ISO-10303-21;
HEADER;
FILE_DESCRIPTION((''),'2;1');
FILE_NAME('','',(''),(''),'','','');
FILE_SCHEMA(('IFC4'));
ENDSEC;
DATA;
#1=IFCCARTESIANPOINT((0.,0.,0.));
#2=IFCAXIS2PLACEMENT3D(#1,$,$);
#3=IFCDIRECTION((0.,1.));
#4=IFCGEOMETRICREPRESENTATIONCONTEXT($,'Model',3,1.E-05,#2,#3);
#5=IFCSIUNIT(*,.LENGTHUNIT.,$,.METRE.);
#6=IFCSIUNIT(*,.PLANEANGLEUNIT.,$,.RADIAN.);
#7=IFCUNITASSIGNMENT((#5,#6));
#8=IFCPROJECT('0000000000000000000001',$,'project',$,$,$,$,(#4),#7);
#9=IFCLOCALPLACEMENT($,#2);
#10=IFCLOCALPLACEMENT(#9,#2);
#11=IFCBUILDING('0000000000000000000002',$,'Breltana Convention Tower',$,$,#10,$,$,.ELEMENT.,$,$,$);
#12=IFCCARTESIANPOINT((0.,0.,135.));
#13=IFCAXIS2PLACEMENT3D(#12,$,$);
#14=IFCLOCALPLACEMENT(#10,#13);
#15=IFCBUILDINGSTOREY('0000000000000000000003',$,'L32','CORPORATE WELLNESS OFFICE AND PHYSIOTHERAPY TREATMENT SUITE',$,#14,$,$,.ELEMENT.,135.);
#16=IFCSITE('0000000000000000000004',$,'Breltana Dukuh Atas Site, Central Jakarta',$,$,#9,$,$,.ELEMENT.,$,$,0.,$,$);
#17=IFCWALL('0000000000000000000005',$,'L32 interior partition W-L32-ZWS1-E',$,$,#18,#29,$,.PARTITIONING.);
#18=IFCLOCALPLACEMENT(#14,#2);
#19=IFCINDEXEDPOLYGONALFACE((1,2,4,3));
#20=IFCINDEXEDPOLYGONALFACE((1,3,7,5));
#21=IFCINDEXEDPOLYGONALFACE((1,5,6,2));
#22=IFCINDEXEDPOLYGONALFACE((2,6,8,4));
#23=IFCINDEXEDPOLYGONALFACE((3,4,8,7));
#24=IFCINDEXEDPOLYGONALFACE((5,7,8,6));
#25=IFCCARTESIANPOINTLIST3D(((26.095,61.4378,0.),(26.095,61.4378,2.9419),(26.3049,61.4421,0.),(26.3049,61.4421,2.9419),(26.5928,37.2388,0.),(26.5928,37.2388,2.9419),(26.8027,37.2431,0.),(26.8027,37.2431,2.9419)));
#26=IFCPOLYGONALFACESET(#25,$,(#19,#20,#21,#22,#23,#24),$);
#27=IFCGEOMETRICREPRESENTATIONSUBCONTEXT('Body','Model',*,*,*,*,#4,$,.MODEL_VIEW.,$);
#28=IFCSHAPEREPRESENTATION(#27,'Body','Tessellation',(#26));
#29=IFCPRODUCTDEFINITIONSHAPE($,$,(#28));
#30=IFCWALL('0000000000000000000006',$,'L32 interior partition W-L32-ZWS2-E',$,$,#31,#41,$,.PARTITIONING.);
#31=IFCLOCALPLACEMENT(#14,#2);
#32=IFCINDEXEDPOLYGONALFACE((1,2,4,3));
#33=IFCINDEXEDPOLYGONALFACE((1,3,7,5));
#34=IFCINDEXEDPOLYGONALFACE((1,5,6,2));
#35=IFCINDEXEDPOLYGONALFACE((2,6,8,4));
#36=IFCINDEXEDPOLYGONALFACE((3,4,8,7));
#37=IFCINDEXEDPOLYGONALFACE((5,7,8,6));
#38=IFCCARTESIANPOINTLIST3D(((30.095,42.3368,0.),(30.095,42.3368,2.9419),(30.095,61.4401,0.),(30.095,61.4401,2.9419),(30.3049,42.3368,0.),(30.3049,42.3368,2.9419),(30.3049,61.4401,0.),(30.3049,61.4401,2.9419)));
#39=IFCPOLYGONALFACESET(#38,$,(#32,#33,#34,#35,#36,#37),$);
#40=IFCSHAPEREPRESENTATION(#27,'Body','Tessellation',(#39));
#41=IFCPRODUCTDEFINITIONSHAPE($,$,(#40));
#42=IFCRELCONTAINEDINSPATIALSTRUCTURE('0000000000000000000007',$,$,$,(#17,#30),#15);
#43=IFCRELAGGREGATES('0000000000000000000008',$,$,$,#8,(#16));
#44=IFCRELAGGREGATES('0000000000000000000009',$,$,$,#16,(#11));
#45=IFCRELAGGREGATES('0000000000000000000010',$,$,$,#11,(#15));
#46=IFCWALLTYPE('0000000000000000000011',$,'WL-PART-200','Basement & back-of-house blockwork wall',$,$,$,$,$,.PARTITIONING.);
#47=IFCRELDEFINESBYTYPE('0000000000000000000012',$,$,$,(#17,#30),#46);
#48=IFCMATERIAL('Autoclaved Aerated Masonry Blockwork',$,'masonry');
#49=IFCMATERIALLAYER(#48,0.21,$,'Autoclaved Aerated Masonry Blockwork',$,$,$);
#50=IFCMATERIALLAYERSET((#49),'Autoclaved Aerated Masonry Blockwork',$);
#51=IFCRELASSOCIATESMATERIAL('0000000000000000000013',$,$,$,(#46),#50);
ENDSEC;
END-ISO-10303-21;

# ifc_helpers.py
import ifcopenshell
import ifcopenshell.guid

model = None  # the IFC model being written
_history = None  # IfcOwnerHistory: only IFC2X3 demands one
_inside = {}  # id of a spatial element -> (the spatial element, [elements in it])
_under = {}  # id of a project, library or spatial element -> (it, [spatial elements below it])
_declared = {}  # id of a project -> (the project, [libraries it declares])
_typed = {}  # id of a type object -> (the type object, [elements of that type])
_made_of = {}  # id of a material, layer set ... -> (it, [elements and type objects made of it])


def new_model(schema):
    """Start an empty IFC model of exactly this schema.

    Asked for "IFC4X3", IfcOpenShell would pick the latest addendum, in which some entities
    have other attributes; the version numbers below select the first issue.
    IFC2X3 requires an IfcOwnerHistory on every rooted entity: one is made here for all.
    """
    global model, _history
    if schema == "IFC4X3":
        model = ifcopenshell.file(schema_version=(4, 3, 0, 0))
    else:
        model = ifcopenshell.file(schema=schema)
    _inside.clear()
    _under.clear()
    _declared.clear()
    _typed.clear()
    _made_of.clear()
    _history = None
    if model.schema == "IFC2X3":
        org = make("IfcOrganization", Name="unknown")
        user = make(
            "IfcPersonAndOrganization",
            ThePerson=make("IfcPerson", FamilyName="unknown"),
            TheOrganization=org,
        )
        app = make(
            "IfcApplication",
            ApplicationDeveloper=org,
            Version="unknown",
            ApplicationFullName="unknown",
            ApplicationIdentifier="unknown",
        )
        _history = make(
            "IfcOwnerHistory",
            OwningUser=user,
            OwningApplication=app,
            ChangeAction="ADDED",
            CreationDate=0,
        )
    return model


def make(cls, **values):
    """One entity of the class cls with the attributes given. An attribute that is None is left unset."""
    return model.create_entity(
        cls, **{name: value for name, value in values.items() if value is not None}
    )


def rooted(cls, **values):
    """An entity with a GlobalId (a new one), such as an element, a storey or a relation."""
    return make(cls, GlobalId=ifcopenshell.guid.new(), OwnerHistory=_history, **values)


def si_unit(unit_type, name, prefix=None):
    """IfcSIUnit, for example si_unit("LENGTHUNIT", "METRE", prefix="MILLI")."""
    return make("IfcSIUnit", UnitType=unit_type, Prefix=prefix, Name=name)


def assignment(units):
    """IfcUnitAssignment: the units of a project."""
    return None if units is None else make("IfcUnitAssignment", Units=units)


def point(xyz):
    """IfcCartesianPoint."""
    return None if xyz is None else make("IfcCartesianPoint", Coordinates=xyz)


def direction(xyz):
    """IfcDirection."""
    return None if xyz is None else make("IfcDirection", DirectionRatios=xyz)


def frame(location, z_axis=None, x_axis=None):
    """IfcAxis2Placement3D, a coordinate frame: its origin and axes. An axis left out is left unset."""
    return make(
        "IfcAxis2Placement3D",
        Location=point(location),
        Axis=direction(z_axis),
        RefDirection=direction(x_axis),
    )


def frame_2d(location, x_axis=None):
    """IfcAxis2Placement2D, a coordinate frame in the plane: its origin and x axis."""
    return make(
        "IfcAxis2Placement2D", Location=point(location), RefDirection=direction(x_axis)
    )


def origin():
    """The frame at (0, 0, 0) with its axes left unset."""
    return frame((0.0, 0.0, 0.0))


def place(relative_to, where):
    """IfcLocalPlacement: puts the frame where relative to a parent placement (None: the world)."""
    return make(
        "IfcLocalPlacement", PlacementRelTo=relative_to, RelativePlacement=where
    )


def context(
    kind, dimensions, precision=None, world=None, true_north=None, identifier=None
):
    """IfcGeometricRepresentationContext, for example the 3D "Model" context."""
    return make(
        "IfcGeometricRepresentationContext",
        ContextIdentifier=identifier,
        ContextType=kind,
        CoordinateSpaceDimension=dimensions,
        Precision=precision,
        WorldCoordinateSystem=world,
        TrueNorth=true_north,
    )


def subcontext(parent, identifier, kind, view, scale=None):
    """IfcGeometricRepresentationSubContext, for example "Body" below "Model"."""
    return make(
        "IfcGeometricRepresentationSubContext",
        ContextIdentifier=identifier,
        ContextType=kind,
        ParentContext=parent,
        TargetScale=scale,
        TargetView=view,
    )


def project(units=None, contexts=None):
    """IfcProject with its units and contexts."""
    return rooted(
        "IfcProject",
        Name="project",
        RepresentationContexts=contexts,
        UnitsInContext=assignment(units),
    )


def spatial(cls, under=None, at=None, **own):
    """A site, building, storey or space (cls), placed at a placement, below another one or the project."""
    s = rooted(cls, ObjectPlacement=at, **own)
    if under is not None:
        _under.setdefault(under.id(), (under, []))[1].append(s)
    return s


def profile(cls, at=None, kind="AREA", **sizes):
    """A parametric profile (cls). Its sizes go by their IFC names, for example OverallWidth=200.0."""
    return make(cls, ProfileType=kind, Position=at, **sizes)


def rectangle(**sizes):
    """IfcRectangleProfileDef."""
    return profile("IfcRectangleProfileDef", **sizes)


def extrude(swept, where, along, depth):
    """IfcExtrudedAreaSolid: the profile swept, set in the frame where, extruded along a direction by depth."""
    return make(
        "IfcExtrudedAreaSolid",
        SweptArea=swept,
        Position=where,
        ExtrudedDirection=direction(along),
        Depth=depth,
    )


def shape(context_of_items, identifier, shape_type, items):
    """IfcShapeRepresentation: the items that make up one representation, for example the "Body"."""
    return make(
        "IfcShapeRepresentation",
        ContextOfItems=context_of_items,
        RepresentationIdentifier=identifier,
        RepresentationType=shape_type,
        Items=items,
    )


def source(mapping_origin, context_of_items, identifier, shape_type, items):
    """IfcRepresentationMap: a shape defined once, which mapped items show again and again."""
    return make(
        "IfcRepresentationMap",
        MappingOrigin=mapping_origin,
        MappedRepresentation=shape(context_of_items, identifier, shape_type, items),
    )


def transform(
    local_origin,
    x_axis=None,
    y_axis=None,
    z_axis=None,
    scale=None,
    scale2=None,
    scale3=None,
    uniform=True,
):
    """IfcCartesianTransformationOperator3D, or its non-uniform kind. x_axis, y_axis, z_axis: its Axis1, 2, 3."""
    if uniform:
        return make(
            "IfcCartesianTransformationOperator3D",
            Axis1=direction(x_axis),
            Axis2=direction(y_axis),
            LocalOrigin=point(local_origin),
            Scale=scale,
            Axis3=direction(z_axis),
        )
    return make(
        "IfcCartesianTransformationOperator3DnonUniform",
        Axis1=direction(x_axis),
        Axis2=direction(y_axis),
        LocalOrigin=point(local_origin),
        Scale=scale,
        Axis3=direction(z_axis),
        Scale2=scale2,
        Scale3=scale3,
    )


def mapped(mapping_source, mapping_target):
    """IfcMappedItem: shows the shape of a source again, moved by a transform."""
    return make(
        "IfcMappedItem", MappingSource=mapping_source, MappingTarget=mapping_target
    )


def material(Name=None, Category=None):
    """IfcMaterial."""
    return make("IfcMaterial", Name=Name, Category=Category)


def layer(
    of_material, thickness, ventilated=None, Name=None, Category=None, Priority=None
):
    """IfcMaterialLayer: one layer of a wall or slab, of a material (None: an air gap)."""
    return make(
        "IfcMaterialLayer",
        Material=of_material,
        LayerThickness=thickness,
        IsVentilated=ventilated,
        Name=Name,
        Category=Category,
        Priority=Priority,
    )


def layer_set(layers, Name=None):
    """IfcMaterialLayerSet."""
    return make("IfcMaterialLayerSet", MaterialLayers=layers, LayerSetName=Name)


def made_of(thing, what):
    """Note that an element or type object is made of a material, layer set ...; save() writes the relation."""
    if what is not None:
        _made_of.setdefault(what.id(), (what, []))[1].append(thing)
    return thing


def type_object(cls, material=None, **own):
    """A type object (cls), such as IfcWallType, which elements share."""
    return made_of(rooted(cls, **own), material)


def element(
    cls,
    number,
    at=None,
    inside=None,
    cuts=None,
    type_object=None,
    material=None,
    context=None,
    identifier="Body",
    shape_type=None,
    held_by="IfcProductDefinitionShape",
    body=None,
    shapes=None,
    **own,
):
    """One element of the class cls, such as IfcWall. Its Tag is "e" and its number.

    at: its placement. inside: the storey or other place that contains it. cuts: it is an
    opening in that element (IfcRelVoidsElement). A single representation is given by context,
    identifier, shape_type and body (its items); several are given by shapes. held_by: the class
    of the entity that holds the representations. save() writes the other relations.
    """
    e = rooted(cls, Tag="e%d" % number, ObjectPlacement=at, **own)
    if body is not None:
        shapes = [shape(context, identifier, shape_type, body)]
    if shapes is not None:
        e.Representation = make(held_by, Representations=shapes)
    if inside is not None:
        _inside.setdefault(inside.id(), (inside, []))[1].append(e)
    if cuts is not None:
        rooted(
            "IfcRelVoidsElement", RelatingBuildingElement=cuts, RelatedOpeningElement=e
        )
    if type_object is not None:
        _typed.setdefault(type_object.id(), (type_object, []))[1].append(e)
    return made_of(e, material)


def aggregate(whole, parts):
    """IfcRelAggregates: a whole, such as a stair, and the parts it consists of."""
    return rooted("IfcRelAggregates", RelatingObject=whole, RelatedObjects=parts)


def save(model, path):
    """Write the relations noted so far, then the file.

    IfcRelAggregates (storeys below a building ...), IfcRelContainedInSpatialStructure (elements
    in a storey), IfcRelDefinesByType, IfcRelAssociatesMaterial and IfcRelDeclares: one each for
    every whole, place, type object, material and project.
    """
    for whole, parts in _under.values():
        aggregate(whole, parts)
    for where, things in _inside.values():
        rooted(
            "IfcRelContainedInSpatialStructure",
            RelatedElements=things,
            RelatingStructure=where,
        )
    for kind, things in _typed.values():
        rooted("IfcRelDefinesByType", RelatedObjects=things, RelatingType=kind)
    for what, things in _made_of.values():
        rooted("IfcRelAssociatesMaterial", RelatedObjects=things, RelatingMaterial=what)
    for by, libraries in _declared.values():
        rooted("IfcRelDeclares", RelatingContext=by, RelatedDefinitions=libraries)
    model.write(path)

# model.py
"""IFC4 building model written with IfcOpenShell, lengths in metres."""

from ifc_helpers import new_model, si_unit, direction, frame, frame_2d, origin, place, context, subcontext, project, spatial, rectangle, extrude, source, transform, mapped, material, layer, layer_set, type_object, element, save


model = new_model("IFC4")

# Units and contexts
model_context = context("Model", 3, precision=1e-05, world=origin(), true_north=direction((0.0, 1.0)))
body_context = subcontext(model_context, "Body", "Model", "MODEL_VIEW")
ifc_project = project(units=[si_unit("LENGTHUNIT", "METRE"), si_unit("PLANEANGLEUNIT", "RADIAN")], contexts=[model_context])

# Site, building, storey
site_placement = place(None, origin())
site = spatial("IfcSite", under=ifc_project, at=site_placement, Name="Breltana Dukuh Atas Site, Central Jakarta", CompositionType="ELEMENT", RefElevation=0.0)
building_placement = place(site_placement, origin())
building = spatial("IfcBuilding", under=site, at=building_placement, Name="Breltana Convention Tower", CompositionType="ELEMENT")
storey_placement = place(building_placement, frame((0.0, 0.0, 135.0)))
storey = spatial("IfcBuildingStorey", under=building, at=storey_placement, Name="L32", Description="CORPORATE WELLNESS OFFICE AND PHYSIOTHERAPY TREATMENT SUITE", CompositionType="ELEMENT", Elevation=135.0)

# Walls
ifc_material_1 = material(Name="Autoclaved Aerated Masonry Blockwork", Category="masonry")
ifc_layer_1 = layer(ifc_material_1, 0.21, Name="Autoclaved Aerated Masonry Blockwork")
ifc_layer_set_1 = layer_set([ifc_layer_1], Name="Autoclaved Aerated Masonry Blockwork")
wall_type_1 = type_object("IfcWallType", Name="WL-PART-200", Description="Basement & back-of-house blockwork wall", PredefinedType="PARTITIONING", material=ifc_layer_set_1)
shared_shape_1 = source(origin(), body_context, "Body", "SweptSolid", [
    extrude(rectangle(XDim=24.2041, YDim=0.21, at=frame_2d((12.1021, 0.0))), origin(), (0.0, 0.0, 1.0), 2.9419),
])
wall_1_placement = place(storey_placement, frame((26.6978, 37.241, 0.0), z_axis=(0.0, 0.0, 1.0), x_axis=(-0.020567, 0.999788, 0.0)))
element("IfcWall", 1, at=wall_1_placement, inside=storey, type_object=wall_type_1, Name="L32 interior partition W-L32-ZWS1-E", PredefinedType="PARTITIONING", context=body_context, shape_type="MappedRepresentation", body=[
    mapped(shared_shape_1, transform((0.0, 0.0, 0.0), scale=1.0)),
])
shared_shape_2 = source(origin(), body_context, "Body", "SweptSolid", [
    extrude(rectangle(XDim=19.1033, YDim=0.21, at=frame_2d((9.5518, 0.0))), origin(), (0.0, 0.0, 1.0), 2.9419),
])
wall_2_placement = place(storey_placement, frame((30.2, 42.3367, 0.0), z_axis=(0.0, 0.0, 1.0), x_axis=(0.0, 1.0, 0.0)))
element("IfcWall", 2, at=wall_2_placement, inside=storey, type_object=wall_type_1, Name="L32 interior partition W-L32-ZWS2-E", PredefinedType="PARTITIONING", context=body_context, shape_type="MappedRepresentation", body=[
    mapped(shared_shape_2, transform((0.0, 0.0, 0.0), scale=1.0)),
])

save(model, "model.ifc")
